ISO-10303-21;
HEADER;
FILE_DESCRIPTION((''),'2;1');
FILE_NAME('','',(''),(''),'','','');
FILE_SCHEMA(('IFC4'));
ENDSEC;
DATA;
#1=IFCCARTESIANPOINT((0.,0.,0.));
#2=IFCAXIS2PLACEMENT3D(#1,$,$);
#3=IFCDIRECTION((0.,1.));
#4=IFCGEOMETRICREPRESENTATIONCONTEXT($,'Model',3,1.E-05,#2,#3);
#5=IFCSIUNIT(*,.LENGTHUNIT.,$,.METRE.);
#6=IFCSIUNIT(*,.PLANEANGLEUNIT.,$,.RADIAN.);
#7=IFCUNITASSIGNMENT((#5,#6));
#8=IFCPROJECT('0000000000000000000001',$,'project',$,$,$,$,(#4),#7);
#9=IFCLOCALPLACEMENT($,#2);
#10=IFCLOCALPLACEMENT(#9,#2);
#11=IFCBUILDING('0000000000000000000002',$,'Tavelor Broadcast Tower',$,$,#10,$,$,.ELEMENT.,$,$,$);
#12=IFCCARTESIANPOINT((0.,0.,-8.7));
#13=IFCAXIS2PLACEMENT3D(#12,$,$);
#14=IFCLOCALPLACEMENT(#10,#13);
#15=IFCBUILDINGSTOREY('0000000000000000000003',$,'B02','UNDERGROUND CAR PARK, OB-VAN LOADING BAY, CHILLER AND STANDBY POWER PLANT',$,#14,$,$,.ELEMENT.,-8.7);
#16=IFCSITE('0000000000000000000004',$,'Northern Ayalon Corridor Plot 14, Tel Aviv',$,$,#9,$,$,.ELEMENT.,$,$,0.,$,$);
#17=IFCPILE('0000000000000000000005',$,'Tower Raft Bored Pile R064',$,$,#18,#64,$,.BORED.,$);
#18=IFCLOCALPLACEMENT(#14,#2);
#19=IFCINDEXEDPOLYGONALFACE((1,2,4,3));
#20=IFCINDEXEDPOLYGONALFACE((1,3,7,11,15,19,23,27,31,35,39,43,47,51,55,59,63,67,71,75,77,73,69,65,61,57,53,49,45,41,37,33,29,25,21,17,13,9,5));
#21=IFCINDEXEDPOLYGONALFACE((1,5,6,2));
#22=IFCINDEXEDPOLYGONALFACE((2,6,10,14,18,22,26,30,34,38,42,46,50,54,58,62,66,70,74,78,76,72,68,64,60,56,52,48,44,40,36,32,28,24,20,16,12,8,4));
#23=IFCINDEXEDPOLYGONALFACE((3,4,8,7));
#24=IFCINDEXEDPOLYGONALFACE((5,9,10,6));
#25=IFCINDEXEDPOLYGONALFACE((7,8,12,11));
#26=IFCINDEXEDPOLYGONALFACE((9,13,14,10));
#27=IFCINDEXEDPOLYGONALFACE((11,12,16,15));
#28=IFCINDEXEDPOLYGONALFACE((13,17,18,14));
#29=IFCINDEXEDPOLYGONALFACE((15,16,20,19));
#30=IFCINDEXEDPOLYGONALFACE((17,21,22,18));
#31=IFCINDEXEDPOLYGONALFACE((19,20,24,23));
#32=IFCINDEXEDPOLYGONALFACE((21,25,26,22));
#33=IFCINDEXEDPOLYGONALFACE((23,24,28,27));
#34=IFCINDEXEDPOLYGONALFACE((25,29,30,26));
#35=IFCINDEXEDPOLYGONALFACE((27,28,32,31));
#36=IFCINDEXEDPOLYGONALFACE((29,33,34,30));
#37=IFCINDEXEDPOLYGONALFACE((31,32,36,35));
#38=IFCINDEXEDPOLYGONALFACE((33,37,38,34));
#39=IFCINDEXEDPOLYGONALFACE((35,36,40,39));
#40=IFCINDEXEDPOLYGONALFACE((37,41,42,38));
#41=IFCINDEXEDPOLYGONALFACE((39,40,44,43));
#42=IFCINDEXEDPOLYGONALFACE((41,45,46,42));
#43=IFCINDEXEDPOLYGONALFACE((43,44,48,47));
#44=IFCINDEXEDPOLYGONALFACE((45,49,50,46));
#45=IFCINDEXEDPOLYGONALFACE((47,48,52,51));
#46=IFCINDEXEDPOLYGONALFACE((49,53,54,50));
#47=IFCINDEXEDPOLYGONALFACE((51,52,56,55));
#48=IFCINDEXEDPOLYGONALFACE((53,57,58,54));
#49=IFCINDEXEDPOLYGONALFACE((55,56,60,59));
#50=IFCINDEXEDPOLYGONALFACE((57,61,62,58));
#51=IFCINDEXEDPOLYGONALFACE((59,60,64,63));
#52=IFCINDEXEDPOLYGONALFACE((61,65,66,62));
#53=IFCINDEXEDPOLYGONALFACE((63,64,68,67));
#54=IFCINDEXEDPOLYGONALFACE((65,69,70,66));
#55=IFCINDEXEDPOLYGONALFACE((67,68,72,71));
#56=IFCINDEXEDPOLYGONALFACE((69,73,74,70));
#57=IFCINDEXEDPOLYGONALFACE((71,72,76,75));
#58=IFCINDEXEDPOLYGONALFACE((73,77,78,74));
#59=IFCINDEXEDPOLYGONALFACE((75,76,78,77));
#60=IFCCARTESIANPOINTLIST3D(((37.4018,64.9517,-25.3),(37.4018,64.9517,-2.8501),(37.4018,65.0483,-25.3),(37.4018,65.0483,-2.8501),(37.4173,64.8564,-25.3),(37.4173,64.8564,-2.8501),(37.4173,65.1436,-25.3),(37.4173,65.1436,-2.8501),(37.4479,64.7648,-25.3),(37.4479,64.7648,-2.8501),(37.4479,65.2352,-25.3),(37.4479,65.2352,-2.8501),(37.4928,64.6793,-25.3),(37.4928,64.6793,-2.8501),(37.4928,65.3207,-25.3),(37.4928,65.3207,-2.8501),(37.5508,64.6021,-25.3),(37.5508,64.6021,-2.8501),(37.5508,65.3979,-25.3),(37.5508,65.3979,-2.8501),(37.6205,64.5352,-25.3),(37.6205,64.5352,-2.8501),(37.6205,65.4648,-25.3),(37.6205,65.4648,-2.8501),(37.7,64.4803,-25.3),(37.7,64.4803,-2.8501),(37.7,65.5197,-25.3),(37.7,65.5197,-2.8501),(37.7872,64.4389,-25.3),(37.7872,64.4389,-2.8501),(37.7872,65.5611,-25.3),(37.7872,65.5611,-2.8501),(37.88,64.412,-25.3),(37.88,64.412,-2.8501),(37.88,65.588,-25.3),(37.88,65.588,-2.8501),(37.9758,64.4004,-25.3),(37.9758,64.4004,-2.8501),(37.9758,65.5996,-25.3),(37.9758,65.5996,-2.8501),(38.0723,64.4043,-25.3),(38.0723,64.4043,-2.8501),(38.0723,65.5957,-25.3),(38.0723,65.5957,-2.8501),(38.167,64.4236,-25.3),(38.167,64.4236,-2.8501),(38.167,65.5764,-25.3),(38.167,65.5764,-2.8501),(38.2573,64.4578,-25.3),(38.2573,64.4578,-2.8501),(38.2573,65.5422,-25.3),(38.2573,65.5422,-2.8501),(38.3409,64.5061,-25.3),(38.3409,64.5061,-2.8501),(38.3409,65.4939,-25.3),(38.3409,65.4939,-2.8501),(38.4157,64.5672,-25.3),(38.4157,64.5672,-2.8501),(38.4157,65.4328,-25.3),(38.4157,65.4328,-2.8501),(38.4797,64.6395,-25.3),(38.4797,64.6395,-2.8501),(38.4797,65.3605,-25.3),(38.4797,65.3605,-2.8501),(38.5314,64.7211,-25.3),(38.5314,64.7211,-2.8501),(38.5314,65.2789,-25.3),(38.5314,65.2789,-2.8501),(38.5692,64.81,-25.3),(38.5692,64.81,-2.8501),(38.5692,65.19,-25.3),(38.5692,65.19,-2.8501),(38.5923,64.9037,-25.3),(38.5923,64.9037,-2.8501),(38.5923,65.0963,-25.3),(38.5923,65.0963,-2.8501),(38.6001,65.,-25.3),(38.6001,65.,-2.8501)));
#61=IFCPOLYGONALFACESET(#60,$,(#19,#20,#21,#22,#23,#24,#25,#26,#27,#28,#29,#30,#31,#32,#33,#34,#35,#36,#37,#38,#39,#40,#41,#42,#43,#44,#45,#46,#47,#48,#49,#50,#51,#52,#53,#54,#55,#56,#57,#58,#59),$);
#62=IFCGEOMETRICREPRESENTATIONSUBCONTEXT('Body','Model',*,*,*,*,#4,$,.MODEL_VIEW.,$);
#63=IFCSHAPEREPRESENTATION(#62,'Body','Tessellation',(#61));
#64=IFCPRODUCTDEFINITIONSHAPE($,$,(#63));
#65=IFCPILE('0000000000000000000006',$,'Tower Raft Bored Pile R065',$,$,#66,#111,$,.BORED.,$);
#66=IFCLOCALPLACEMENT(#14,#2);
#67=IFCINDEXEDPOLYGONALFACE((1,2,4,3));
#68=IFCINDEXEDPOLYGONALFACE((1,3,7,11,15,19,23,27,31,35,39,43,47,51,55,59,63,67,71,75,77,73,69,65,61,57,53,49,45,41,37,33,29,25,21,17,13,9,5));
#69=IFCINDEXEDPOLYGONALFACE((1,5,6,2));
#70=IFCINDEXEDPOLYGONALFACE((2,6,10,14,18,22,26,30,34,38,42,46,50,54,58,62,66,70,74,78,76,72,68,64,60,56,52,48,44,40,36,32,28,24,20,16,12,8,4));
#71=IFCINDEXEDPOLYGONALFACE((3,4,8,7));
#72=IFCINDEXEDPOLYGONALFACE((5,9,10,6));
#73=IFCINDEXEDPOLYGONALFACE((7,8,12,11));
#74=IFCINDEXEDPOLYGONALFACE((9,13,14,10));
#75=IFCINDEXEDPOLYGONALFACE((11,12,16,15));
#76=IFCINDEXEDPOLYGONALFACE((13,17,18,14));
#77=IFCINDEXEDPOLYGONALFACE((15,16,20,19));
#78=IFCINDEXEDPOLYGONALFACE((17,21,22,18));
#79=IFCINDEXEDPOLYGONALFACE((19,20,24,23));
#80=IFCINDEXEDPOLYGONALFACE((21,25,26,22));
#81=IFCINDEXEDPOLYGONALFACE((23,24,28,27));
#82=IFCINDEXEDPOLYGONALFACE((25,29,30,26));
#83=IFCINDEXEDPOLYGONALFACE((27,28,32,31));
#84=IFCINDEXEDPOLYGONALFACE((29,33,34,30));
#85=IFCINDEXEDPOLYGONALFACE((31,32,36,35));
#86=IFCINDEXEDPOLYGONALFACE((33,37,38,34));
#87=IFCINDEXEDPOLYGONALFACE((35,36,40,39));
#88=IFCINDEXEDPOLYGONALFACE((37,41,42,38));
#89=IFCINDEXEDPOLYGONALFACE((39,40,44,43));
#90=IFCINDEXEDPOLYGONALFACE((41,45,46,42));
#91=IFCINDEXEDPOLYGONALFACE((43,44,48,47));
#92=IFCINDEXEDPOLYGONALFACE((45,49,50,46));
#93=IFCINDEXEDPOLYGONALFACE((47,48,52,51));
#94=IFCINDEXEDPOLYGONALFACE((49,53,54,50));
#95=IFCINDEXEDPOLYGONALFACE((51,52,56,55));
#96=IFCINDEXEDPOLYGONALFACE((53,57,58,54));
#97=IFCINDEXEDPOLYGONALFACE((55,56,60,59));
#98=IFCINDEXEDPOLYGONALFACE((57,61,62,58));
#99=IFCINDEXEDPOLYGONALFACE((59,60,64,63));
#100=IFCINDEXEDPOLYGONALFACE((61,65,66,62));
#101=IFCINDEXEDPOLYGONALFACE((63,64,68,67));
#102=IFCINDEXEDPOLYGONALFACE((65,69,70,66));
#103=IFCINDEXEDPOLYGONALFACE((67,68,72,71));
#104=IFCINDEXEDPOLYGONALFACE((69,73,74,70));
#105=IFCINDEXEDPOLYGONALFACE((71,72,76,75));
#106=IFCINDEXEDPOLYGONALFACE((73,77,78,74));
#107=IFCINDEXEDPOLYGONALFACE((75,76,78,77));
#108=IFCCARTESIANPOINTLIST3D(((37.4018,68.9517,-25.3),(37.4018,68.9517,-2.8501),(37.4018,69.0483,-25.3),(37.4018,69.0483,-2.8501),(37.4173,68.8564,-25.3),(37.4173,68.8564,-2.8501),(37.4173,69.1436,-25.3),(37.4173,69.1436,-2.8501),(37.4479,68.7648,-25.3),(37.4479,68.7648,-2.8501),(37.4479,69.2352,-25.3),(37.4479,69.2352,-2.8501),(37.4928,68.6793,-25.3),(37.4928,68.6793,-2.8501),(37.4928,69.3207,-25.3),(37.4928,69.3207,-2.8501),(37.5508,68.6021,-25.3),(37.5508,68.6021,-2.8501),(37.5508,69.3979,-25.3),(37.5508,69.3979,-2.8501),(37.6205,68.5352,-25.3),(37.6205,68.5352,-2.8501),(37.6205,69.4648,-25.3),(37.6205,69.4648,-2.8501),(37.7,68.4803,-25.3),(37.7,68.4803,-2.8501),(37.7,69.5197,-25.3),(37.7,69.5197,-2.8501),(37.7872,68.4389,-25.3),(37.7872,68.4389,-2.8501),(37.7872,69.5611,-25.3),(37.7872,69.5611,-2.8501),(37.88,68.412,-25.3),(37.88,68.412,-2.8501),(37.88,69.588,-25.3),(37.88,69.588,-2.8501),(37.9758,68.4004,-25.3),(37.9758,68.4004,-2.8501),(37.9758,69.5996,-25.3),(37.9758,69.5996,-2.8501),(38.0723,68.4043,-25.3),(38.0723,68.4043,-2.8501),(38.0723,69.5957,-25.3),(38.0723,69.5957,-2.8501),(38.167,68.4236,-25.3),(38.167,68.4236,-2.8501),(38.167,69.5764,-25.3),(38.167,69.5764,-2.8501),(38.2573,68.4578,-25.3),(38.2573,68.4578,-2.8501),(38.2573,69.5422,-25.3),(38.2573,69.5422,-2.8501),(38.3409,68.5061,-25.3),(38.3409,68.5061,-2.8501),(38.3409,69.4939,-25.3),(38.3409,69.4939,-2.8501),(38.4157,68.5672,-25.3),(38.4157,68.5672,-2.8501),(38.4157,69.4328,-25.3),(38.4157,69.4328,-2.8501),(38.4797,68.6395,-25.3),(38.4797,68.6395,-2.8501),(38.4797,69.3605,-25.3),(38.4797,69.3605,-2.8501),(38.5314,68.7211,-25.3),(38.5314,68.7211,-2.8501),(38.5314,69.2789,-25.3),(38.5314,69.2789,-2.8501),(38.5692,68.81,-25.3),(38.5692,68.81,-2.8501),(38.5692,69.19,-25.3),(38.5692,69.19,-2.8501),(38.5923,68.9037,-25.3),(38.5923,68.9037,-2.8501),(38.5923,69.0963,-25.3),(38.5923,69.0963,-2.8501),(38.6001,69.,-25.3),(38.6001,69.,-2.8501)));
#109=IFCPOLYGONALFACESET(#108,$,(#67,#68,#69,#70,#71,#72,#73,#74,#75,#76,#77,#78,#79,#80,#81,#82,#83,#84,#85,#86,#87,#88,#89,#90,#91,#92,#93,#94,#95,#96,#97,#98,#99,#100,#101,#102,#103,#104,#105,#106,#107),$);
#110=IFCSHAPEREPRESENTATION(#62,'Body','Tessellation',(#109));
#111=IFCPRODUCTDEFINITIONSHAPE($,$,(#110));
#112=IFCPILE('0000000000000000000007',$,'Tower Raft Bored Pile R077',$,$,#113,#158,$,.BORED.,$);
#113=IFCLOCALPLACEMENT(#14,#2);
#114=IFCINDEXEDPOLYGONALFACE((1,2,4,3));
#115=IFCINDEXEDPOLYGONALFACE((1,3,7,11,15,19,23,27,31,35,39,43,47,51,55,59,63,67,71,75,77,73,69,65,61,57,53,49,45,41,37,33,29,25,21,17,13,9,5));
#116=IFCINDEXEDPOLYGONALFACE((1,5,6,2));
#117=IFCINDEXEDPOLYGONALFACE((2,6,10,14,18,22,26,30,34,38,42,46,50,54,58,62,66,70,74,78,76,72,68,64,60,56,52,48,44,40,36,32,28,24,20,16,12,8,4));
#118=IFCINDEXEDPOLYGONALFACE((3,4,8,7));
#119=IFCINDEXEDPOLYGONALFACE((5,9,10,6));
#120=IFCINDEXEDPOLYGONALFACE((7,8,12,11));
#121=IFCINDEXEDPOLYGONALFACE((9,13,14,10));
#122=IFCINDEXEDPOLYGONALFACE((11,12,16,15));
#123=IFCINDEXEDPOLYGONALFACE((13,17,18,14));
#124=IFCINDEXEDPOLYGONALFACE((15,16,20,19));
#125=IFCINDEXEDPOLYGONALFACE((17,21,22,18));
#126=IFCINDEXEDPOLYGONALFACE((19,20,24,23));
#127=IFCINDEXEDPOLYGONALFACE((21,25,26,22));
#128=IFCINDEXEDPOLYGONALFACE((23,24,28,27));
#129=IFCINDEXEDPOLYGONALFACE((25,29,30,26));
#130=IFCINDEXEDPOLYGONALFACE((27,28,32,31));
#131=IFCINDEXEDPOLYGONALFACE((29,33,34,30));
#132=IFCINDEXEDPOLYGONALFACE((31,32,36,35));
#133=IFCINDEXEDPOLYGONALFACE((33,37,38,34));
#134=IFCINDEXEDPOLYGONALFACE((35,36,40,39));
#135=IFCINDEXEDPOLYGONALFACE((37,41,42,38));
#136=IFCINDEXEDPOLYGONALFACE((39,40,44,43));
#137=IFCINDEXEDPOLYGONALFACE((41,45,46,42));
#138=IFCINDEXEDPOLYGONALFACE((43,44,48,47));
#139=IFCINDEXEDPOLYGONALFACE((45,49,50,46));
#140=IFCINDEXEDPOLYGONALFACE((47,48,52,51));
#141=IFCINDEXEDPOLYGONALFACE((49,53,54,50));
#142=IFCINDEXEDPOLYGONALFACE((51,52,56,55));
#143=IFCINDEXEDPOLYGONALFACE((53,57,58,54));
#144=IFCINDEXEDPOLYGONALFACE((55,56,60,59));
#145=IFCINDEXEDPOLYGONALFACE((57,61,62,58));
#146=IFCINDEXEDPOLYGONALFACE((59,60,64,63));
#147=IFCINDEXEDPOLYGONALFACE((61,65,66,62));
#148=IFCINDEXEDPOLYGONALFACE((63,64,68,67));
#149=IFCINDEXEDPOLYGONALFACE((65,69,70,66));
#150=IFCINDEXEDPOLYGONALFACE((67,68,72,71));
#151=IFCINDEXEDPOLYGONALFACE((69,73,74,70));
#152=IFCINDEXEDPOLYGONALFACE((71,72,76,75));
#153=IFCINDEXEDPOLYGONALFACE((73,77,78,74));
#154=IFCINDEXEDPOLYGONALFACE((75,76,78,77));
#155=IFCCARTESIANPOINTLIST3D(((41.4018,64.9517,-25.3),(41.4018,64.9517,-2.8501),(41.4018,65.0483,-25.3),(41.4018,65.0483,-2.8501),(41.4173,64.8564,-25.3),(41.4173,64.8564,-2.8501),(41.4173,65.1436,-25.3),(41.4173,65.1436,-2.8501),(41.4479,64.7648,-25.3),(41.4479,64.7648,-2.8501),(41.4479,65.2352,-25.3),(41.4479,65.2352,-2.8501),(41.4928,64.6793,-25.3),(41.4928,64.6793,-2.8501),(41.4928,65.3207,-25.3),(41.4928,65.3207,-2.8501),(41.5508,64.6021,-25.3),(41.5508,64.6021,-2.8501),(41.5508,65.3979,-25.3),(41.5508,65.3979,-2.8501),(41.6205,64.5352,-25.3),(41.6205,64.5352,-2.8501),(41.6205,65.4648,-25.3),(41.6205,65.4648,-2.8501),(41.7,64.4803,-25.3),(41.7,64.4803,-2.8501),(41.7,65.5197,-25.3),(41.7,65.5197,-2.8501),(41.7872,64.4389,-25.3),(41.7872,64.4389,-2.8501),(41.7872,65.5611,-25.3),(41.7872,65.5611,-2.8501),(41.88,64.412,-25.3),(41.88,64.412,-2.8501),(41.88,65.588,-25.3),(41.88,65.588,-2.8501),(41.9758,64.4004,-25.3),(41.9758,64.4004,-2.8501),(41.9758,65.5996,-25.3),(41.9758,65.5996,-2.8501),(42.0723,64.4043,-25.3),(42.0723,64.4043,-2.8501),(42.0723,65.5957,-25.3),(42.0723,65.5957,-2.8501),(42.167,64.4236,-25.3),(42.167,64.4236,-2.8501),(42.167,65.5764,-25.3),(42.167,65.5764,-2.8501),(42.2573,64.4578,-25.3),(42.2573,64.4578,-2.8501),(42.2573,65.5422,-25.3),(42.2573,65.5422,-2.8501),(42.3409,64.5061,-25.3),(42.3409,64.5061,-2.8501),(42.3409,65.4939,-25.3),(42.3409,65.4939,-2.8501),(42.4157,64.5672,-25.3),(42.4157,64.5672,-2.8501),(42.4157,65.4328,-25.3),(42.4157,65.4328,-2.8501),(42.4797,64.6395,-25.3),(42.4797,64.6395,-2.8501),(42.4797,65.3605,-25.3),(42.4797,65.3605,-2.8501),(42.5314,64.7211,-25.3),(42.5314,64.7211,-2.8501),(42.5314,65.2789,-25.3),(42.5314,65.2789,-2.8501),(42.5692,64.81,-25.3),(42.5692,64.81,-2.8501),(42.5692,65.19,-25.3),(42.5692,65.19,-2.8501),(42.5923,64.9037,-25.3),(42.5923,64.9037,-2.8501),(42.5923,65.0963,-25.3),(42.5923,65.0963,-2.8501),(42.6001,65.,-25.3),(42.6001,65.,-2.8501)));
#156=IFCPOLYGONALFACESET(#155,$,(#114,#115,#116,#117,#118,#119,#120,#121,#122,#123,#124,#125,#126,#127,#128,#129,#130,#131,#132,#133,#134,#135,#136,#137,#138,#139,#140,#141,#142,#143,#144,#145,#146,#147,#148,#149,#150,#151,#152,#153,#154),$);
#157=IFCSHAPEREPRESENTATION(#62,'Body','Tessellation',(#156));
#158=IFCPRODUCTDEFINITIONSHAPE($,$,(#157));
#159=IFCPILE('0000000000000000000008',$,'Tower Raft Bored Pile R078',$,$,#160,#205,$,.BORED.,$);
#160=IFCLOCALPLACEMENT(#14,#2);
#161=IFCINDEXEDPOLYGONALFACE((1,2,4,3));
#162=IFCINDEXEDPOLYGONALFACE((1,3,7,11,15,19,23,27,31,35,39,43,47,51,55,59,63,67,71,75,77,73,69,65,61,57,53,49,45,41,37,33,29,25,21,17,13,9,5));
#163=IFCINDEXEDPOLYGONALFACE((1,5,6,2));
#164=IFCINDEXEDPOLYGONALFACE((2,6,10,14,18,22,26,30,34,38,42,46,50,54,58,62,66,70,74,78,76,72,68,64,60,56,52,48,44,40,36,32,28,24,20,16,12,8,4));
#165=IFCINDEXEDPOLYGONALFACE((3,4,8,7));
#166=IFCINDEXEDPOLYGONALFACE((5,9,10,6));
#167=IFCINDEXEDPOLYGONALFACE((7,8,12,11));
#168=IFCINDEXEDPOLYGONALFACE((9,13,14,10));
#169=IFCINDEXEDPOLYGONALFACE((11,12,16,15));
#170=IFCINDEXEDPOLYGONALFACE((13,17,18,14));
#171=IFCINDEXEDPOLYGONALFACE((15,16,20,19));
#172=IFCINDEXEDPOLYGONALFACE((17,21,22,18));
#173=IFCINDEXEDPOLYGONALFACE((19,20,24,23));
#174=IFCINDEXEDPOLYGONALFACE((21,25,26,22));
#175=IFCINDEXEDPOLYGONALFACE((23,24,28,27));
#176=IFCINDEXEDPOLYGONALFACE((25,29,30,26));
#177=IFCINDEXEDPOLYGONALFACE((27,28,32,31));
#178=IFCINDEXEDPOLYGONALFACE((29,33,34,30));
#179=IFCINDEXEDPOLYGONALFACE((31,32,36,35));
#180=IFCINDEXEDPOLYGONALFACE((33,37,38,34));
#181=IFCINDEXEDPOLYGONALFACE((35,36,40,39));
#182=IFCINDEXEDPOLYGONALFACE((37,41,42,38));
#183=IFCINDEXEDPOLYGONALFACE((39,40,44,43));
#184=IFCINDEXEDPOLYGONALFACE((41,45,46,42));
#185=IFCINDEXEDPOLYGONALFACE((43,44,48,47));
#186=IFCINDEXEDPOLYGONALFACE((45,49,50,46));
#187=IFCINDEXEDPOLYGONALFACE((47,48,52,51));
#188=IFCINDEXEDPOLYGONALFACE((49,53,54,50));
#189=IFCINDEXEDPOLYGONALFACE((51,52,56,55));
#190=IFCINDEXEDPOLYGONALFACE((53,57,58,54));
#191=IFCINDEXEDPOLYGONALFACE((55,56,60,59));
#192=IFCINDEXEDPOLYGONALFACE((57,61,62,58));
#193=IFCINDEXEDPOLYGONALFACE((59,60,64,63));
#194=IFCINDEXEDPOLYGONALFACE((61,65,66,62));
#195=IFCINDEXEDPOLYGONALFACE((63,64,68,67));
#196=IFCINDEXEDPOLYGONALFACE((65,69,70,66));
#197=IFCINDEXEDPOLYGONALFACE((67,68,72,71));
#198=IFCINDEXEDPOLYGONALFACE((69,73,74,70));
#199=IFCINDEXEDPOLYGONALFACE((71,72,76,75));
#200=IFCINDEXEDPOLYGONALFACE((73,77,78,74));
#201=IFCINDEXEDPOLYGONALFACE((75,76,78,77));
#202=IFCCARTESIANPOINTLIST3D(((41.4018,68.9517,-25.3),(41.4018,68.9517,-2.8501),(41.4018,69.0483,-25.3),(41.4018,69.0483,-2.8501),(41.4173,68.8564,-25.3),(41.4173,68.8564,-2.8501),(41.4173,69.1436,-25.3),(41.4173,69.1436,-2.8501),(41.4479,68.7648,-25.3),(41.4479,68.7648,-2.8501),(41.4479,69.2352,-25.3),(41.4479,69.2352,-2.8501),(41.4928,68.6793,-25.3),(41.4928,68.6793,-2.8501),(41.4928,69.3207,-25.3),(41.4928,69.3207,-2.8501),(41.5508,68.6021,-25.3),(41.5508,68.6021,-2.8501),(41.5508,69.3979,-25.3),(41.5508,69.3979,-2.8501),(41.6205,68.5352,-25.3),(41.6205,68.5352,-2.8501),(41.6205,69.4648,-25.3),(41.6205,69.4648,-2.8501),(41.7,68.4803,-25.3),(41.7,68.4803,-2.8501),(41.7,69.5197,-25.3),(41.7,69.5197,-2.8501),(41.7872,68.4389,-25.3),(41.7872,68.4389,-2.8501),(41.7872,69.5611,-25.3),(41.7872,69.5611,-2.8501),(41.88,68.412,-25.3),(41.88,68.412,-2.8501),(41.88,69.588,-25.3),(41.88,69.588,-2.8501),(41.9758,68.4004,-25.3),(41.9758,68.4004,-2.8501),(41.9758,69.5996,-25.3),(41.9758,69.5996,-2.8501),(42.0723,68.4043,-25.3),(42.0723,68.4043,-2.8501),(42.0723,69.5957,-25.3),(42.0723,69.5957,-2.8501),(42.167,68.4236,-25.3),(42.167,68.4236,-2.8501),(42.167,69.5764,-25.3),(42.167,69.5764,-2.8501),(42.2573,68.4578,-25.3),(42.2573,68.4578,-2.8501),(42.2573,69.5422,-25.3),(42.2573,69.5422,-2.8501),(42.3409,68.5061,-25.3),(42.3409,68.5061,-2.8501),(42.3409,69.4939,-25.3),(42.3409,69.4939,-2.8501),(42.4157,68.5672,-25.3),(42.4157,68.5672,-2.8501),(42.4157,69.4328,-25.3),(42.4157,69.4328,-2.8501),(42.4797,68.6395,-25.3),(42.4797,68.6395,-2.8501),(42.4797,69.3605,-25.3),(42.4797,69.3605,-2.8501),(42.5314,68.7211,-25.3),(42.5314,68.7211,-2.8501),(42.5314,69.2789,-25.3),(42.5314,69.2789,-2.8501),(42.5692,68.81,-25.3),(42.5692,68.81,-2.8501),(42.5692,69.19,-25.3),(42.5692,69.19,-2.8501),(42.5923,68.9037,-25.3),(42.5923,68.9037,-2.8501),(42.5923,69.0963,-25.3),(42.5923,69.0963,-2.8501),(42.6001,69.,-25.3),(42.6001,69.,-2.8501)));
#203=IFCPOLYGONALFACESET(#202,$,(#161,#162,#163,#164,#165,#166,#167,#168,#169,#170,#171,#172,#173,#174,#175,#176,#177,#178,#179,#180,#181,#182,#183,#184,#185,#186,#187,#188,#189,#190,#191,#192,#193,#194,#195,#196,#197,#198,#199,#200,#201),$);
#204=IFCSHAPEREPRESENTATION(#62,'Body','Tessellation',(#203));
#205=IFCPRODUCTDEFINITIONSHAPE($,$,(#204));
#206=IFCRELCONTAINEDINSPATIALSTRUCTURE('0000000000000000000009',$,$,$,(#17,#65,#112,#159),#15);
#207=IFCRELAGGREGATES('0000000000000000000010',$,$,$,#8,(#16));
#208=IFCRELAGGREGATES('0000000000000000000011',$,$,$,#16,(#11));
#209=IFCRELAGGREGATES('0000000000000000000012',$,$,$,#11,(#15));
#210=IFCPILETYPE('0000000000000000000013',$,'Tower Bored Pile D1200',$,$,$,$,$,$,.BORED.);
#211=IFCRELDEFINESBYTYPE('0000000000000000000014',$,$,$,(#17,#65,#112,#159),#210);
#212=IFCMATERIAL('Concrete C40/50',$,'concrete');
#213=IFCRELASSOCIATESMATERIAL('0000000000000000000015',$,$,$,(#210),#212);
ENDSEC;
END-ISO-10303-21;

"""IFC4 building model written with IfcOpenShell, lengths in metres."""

from ifc_helpers import new_model, si_unit, direction, frame, origin, origin_2d, place, context, subcontext, project, spatial, circle, extrude, material, material_profile, profile_set, type_object, element, save


model = new_model("IFC4")

# Units and contexts
model_context = context("Model", 3, precision=1e-05, world=origin(), true_north=direction((0.0, 1.0)))
body_context = subcontext(model_context, "Body", "Model", "MODEL_VIEW")
ifc_project = project(units=[si_unit("LENGTHUNIT", "METRE"), si_unit("PLANEANGLEUNIT", "RADIAN")], contexts=[model_context])

# Site, building, storey
site_placement = place(None, origin())
site = spatial("IfcSite", under=ifc_project, at=site_placement, Name="Northern Ayalon Corridor Plot 14, Tel Aviv", CompositionType="ELEMENT", RefElevation=0.0)
building_placement = place(site_placement, origin())
building = spatial("IfcBuilding", under=site, at=building_placement, Name="Tavelor Broadcast Tower", CompositionType="ELEMENT")
storey_placement = place(building_placement, frame((0.0, 0.0, -8.7)))
storey = spatial("IfcBuildingStorey", under=building, at=storey_placement, Name="B02", Description="UNDERGROUND CAR PARK, OB-VAN LOADING BAY, CHILLER AND STANDBY POWER PLANT", CompositionType="ELEMENT", Elevation=-8.7)

# Shared definitions
ifc_material_1 = material(Name="Concrete C40/50", Category="concrete")

# Piles
ifc_material_profile_1 = material_profile(ifc_material_1, circle(Radius=0.6001, at=origin_2d()), Name="PILE D1200")
ifc_profile_set_1 = profile_set([ifc_material_profile_1], Name="Concrete C40/50")
pile_type_1 = type_object("IfcPileType", Name="Tower Bored Pile D1200", PredefinedType="BORED", material=ifc_profile_set_1)
for number, where, z_axis, x_axis, name in (
    (1, (38.0, 65.0, -2.8501), (0.0, 0.0, -1.0), (1.0, 0.0, 0.0), "Tower Raft Bored Pile R064"),
    (2, (38.0, 69.0, -2.8501), (0.0, 0.0, -1.0), (1.0, 0.0, 0.0), "Tower Raft Bored Pile R065"),
    (3, (42.0, 65.0, -2.8501), (0.0, 0.0, -1.0), (1.0, 0.0, 0.0), "Tower Raft Bored Pile R077"),
    (4, (42.0, 69.0, -2.8501), (0.0, 0.0, -1.0), (1.0, 0.0, 0.0), "Tower Raft Bored Pile R078"),
):
    element("IfcPile", number, at=place(storey_placement, frame(where, z_axis=z_axis, x_axis=x_axis)), inside=storey, type_object=pile_type_1, Name=name, PredefinedType="BORED", context=body_context, shape_type="SweptSolid", body=[
        extrude(circle(Radius=0.6001, at=origin_2d()), origin(), (0.0, 0.0, 1.0), 22.45),
    ])

save(model, "model.ifc")
